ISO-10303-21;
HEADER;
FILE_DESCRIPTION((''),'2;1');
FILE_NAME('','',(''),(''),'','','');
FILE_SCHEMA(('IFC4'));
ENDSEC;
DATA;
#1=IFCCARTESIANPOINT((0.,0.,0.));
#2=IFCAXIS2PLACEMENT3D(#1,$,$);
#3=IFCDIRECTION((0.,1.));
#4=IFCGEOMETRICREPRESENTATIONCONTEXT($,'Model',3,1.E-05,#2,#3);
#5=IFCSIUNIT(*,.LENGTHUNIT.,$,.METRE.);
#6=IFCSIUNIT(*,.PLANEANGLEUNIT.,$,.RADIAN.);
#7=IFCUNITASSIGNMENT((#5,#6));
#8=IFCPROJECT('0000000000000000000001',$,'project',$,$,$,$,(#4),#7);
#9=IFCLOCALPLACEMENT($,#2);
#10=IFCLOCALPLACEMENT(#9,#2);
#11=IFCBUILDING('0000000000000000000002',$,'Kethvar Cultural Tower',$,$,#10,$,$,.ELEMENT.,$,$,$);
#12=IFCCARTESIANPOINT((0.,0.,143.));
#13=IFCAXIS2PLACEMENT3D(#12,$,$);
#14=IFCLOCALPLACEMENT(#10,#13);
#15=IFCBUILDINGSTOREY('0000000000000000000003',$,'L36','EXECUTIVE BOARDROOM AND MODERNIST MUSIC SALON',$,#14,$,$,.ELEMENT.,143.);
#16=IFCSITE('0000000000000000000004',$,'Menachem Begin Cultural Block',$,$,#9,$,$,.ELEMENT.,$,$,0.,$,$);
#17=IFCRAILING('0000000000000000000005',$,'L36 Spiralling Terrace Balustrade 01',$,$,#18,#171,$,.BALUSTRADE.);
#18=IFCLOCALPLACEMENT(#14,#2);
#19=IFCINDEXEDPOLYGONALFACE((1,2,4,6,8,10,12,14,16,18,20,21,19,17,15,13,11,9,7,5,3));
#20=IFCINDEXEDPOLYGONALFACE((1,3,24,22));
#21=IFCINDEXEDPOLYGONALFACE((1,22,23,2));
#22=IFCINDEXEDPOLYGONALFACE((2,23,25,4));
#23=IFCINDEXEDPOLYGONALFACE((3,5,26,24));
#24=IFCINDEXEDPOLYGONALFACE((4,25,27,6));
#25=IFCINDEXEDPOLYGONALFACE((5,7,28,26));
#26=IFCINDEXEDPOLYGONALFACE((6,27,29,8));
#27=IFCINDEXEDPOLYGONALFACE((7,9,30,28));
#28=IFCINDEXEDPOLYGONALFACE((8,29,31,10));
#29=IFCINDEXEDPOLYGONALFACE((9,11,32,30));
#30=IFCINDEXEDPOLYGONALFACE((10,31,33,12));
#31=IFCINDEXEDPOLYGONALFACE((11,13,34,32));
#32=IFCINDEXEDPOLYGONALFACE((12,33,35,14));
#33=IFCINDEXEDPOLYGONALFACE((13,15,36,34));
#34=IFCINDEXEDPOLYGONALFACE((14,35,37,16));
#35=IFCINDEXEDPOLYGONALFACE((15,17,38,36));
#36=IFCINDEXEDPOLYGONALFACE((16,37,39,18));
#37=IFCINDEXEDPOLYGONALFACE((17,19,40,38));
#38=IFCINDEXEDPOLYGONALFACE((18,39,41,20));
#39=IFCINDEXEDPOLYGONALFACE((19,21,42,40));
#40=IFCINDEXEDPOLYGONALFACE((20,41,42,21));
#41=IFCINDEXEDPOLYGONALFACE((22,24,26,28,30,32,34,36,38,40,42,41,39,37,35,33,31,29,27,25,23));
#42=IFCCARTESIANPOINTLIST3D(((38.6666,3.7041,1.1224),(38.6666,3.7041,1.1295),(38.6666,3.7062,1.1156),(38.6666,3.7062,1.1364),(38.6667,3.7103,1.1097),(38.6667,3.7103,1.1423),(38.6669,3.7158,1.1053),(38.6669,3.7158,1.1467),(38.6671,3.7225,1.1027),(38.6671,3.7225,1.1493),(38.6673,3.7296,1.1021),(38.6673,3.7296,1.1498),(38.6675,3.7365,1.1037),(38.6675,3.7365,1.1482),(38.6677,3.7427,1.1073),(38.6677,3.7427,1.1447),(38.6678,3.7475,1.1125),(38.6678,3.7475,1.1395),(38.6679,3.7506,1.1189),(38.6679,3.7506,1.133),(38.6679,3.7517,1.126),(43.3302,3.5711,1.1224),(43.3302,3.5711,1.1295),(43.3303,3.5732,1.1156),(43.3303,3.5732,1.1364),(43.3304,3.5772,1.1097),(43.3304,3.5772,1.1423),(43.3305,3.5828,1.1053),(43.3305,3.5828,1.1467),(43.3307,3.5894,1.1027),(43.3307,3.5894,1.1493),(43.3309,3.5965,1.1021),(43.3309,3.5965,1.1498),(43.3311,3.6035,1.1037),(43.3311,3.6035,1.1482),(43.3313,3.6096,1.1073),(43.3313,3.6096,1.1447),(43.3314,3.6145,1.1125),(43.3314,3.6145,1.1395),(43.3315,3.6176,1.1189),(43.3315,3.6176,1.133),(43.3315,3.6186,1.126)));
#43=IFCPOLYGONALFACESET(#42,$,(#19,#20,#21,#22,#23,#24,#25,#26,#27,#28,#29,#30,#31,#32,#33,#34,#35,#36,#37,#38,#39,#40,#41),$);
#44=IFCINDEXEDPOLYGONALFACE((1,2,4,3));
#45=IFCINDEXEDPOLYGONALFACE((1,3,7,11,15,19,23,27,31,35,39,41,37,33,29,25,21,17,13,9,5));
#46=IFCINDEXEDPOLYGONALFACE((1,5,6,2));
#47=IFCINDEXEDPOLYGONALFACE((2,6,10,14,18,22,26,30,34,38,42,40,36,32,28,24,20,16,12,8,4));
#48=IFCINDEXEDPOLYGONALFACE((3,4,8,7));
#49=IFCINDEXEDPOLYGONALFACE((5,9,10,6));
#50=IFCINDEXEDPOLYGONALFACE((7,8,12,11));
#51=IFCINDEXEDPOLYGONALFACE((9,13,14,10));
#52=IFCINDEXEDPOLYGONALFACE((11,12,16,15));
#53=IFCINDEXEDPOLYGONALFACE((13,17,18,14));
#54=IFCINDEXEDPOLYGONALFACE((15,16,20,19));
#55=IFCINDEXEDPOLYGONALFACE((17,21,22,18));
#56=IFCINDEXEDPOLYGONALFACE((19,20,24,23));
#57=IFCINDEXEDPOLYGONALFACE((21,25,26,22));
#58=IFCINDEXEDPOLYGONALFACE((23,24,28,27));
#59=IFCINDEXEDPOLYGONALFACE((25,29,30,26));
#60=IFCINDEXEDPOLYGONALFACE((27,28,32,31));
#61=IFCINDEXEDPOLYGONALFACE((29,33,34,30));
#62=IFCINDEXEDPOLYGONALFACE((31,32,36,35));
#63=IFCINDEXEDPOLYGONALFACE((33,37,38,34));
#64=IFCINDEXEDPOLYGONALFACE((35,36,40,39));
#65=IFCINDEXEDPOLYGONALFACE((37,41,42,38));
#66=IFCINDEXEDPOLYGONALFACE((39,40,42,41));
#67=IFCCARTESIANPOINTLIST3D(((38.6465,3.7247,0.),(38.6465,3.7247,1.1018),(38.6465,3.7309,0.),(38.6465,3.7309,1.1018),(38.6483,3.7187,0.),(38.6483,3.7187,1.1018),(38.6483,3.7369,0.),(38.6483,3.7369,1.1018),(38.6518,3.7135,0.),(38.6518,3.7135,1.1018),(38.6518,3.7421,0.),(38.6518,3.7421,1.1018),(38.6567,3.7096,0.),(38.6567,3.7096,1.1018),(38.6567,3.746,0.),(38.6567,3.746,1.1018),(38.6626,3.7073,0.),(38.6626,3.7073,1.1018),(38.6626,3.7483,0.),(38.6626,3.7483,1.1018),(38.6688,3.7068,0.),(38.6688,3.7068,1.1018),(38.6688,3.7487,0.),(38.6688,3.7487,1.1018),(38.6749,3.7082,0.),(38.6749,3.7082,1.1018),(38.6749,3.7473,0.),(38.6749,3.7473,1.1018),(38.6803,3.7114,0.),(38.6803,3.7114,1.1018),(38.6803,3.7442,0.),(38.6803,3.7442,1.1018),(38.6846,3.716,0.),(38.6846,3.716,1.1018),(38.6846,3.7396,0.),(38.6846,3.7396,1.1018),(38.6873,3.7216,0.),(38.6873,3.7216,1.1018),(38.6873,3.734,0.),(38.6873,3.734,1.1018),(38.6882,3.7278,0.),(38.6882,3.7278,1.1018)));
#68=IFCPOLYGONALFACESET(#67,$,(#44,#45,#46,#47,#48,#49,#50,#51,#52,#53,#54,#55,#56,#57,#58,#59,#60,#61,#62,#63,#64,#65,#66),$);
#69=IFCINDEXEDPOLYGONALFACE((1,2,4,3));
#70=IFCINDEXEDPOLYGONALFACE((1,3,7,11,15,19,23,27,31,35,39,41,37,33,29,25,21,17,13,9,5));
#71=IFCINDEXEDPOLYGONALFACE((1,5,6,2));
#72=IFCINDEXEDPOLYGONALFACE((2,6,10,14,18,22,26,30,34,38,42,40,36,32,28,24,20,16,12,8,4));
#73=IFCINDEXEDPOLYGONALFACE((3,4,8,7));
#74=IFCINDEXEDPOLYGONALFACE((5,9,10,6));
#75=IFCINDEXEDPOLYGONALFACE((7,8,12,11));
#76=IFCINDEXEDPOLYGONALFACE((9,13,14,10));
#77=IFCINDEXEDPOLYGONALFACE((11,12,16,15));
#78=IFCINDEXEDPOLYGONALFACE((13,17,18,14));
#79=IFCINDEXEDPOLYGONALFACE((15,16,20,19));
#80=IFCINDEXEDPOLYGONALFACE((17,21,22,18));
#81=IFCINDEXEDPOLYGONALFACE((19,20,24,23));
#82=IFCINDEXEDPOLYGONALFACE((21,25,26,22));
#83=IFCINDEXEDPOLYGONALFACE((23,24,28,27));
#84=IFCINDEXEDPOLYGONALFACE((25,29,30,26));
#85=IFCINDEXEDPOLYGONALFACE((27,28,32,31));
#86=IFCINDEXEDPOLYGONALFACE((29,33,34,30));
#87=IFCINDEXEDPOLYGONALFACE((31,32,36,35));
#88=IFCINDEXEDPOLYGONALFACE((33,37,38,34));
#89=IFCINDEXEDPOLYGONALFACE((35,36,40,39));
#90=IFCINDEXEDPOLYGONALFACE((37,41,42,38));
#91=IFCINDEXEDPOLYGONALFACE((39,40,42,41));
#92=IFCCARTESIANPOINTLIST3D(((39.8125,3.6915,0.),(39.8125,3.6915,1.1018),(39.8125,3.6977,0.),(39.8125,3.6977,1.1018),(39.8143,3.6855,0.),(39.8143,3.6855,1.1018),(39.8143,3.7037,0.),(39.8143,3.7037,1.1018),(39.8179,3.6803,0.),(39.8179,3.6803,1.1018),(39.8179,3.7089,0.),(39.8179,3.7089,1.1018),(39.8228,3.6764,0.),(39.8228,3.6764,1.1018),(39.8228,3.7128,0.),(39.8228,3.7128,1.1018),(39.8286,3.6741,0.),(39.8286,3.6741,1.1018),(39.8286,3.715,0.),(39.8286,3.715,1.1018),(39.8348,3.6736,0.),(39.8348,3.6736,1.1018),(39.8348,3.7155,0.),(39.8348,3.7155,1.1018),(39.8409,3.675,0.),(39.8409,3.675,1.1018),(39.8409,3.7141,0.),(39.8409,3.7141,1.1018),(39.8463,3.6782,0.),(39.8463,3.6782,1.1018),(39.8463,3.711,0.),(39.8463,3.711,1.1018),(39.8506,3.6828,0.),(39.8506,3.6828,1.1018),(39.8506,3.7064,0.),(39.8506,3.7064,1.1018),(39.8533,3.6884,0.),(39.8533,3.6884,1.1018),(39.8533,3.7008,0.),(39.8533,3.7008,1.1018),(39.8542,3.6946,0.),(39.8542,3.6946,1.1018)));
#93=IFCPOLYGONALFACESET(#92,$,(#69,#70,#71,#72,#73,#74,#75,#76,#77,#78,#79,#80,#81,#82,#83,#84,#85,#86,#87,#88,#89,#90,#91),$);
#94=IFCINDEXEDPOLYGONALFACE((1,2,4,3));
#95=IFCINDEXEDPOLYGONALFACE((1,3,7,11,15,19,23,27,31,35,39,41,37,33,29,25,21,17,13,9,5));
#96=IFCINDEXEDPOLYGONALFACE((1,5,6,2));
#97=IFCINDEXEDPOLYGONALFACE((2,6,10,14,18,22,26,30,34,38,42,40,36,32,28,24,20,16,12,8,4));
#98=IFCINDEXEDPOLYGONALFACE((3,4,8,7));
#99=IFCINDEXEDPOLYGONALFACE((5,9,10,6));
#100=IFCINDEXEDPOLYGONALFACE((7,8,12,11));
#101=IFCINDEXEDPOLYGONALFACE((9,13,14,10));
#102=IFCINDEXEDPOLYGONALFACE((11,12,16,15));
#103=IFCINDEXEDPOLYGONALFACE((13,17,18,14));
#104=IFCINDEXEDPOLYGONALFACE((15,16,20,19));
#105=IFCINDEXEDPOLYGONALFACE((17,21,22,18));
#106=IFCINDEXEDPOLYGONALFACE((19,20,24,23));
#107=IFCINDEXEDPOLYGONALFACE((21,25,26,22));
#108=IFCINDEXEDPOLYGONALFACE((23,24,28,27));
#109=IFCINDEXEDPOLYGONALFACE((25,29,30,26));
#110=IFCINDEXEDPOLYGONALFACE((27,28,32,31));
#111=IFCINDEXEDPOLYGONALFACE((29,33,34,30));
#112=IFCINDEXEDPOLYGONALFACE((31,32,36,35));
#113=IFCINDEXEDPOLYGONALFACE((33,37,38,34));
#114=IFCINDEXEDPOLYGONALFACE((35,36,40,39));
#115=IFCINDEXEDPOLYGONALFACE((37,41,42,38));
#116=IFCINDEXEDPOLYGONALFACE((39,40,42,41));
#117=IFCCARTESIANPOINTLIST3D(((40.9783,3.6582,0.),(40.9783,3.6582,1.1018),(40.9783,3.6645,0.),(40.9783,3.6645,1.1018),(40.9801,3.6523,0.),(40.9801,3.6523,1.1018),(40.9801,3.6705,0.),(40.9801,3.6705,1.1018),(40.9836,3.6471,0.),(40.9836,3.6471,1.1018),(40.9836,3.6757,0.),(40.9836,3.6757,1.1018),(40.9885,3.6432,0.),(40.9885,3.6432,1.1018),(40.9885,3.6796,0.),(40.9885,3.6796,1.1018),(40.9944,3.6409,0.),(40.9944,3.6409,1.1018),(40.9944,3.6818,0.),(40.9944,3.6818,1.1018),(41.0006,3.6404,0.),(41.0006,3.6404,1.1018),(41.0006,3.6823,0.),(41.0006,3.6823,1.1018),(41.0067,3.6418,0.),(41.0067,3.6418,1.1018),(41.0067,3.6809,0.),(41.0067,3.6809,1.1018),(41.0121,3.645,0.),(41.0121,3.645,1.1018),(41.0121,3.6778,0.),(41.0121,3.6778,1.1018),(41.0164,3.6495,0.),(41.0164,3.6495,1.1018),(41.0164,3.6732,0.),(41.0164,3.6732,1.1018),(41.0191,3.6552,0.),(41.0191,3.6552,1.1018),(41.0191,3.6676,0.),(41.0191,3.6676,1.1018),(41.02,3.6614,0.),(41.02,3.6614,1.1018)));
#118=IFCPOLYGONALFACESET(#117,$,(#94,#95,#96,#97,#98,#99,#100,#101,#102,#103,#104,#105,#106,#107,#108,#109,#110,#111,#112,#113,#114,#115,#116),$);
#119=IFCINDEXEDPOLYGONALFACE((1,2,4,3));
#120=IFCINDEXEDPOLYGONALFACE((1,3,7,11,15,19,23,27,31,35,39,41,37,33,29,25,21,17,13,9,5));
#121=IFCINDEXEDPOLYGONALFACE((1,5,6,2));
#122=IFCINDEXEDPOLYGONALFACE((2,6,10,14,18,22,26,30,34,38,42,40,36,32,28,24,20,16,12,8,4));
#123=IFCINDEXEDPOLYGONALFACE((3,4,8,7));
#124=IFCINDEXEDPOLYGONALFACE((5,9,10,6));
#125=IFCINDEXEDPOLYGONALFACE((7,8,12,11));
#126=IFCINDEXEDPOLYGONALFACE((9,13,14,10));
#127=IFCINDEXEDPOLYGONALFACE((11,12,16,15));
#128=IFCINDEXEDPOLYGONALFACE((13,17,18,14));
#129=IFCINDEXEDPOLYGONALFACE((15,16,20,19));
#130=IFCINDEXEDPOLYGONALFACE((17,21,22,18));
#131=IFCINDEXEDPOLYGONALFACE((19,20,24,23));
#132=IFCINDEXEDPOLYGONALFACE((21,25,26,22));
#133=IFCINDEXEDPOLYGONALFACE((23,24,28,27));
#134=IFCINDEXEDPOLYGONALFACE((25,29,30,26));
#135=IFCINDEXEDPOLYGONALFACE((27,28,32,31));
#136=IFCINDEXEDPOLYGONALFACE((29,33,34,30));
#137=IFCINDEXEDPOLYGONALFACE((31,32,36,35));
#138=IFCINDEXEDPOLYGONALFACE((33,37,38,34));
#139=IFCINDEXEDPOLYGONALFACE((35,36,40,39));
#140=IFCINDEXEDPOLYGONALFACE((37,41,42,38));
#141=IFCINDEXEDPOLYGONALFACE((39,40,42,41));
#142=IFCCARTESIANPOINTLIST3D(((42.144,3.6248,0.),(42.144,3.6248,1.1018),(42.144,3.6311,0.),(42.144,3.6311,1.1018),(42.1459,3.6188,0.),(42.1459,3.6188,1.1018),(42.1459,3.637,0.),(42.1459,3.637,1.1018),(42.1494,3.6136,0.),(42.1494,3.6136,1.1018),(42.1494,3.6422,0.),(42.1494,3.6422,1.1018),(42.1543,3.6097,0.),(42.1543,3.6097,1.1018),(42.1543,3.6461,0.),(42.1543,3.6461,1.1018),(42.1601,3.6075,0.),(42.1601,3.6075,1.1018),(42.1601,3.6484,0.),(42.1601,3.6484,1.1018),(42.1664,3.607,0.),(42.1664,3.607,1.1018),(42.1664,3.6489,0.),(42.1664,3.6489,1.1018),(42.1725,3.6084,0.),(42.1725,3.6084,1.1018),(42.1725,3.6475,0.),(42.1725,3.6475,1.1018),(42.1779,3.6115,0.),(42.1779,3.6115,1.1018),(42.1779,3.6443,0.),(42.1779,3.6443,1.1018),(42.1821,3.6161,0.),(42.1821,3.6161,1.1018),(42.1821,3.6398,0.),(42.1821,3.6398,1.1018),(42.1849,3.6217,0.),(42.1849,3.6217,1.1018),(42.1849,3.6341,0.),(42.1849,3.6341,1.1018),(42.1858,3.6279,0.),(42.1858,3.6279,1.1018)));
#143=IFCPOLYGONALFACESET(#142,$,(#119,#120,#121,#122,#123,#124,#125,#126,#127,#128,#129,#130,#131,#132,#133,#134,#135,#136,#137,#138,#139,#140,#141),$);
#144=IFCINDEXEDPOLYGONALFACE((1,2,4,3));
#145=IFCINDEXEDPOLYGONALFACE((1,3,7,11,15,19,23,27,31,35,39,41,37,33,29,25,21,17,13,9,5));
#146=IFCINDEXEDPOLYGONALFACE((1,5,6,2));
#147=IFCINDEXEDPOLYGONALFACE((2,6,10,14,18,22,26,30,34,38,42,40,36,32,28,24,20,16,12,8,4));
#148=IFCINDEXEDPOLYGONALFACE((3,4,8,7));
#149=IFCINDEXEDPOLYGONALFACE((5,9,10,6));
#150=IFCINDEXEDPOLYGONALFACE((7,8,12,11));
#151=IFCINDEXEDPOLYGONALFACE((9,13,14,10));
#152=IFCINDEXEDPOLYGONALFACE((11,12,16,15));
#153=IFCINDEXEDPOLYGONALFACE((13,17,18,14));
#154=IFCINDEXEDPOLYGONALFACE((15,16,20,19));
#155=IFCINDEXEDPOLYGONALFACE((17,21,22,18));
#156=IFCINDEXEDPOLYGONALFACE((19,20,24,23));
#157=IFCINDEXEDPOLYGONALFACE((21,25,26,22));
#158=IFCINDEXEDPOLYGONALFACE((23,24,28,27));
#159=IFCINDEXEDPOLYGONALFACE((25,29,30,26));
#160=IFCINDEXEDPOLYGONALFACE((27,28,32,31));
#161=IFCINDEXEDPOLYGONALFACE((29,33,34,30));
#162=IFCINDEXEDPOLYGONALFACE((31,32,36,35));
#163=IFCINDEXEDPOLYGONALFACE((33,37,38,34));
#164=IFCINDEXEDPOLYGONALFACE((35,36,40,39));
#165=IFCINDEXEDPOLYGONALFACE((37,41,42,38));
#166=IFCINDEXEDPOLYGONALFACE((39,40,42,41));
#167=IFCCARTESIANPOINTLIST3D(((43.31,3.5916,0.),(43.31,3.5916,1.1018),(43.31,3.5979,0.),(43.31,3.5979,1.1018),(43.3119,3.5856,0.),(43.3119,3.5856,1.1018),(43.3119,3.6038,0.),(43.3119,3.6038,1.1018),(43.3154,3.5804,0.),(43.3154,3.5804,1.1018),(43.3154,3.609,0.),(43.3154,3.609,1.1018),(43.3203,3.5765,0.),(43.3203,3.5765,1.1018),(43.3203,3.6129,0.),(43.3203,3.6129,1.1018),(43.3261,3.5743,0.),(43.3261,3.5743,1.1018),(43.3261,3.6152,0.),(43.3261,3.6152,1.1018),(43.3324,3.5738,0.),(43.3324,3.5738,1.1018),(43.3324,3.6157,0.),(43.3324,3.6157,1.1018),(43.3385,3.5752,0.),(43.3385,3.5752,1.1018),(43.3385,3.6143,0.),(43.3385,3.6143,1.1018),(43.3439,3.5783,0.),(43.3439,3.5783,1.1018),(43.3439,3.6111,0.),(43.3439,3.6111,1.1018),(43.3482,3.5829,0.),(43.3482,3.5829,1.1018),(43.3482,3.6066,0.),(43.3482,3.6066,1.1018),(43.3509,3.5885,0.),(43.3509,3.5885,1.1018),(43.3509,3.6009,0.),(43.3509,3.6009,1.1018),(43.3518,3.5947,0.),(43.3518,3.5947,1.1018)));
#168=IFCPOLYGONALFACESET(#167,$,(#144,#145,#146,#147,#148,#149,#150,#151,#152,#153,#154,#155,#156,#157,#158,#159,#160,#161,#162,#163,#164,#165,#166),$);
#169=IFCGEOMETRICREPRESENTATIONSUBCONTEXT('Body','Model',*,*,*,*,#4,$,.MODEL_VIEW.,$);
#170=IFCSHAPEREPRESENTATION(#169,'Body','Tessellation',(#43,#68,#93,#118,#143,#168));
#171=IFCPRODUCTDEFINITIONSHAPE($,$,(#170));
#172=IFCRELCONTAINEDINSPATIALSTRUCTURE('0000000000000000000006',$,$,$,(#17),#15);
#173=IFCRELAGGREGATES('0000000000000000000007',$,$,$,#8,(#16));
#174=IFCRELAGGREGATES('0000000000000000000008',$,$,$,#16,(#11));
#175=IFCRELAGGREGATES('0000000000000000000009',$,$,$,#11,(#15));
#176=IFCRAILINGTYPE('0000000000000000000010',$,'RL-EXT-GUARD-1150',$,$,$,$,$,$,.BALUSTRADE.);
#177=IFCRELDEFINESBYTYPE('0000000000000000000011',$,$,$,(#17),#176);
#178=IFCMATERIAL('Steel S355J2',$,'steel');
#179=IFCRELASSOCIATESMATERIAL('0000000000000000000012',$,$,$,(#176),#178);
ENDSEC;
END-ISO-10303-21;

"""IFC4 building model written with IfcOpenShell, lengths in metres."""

from ifc_helpers import new_model, si_unit, direction, frame, origin, origin_2d, place, context, subcontext, project, spatial, circle, extrude, material, type_object, element, save


model = new_model("IFC4")

# Units and contexts
model_context = context("Model", 3, precision=1e-05, world=origin(), true_north=direction((0.0, 1.0)))
body_context = subcontext(model_context, "Body", "Model", "MODEL_VIEW")
ifc_project = project(units=[si_unit("LENGTHUNIT", "METRE"), si_unit("PLANEANGLEUNIT", "RADIAN")], contexts=[model_context])

# Site, building, storey
site_placement = place(None, origin())
site = spatial("IfcSite", under=ifc_project, at=site_placement, Name="Menachem Begin Cultural Block", CompositionType="ELEMENT", RefElevation=0.0)
building_placement = place(site_placement, origin())
building = spatial("IfcBuilding", under=site, at=building_placement, Name="Kethvar Cultural Tower", CompositionType="ELEMENT")
storey_placement = place(building_placement, frame((0.0, 0.0, 143.0)))
storey = spatial("IfcBuildingStorey", under=building, at=storey_placement, Name="L36", Description="EXECUTIVE BOARDROOM AND MODERNIST MUSIC SALON", CompositionType="ELEMENT", Elevation=143.0)

# Shared definitions
ifc_material_1 = material(Name="Steel S355J2", Category="steel")

# Railing
railing_type = type_object("IfcRailingType", Name="RL-EXT-GUARD-1150", PredefinedType="BALUSTRADE", material=ifc_material_1)
railing_1_placement = place(storey_placement, frame((38.6672, 3.7278, 0.0)))
element("IfcRailing", 1, at=railing_1_placement, inside=storey, type_object=railing_type, Name="L36 Spiralling Terrace Balustrade 01", PredefinedType="BALUSTRADE", context=body_context, shape_type="SweptSolid", body=[
    extrude(circle(Radius=0.0239, at=origin_2d()), frame((0.0, 0.0, 1.126), z_axis=(0.999593, -0.028519, 0.0), x_axis=(0.028519, 0.999593, 0.0)), (0.0, 0.0, 1.0), 4.6655),
    extrude(circle(Radius=0.021, at=origin_2d()), origin(), (0.0, 0.0, 1.0), 1.1018),
    extrude(circle(Radius=0.021, at=origin_2d()), frame((1.166, -0.0332, 0.0)), (0.0, 0.0, 1.0), 1.1018),
    extrude(circle(Radius=0.021, at=origin_2d()), frame((2.3318, -0.0664, 0.0)), (0.0, 0.0, 1.0), 1.1018),
    extrude(circle(Radius=0.021, at=origin_2d()), frame((3.4976, -0.0999, 0.0)), (0.0, 0.0, 1.0), 1.1018),
    extrude(circle(Radius=0.021, at=origin_2d()), frame((4.6636, -0.1331, 0.0)), (0.0, 0.0, 1.0), 1.1018),
])

save(model, "model.ifc")
